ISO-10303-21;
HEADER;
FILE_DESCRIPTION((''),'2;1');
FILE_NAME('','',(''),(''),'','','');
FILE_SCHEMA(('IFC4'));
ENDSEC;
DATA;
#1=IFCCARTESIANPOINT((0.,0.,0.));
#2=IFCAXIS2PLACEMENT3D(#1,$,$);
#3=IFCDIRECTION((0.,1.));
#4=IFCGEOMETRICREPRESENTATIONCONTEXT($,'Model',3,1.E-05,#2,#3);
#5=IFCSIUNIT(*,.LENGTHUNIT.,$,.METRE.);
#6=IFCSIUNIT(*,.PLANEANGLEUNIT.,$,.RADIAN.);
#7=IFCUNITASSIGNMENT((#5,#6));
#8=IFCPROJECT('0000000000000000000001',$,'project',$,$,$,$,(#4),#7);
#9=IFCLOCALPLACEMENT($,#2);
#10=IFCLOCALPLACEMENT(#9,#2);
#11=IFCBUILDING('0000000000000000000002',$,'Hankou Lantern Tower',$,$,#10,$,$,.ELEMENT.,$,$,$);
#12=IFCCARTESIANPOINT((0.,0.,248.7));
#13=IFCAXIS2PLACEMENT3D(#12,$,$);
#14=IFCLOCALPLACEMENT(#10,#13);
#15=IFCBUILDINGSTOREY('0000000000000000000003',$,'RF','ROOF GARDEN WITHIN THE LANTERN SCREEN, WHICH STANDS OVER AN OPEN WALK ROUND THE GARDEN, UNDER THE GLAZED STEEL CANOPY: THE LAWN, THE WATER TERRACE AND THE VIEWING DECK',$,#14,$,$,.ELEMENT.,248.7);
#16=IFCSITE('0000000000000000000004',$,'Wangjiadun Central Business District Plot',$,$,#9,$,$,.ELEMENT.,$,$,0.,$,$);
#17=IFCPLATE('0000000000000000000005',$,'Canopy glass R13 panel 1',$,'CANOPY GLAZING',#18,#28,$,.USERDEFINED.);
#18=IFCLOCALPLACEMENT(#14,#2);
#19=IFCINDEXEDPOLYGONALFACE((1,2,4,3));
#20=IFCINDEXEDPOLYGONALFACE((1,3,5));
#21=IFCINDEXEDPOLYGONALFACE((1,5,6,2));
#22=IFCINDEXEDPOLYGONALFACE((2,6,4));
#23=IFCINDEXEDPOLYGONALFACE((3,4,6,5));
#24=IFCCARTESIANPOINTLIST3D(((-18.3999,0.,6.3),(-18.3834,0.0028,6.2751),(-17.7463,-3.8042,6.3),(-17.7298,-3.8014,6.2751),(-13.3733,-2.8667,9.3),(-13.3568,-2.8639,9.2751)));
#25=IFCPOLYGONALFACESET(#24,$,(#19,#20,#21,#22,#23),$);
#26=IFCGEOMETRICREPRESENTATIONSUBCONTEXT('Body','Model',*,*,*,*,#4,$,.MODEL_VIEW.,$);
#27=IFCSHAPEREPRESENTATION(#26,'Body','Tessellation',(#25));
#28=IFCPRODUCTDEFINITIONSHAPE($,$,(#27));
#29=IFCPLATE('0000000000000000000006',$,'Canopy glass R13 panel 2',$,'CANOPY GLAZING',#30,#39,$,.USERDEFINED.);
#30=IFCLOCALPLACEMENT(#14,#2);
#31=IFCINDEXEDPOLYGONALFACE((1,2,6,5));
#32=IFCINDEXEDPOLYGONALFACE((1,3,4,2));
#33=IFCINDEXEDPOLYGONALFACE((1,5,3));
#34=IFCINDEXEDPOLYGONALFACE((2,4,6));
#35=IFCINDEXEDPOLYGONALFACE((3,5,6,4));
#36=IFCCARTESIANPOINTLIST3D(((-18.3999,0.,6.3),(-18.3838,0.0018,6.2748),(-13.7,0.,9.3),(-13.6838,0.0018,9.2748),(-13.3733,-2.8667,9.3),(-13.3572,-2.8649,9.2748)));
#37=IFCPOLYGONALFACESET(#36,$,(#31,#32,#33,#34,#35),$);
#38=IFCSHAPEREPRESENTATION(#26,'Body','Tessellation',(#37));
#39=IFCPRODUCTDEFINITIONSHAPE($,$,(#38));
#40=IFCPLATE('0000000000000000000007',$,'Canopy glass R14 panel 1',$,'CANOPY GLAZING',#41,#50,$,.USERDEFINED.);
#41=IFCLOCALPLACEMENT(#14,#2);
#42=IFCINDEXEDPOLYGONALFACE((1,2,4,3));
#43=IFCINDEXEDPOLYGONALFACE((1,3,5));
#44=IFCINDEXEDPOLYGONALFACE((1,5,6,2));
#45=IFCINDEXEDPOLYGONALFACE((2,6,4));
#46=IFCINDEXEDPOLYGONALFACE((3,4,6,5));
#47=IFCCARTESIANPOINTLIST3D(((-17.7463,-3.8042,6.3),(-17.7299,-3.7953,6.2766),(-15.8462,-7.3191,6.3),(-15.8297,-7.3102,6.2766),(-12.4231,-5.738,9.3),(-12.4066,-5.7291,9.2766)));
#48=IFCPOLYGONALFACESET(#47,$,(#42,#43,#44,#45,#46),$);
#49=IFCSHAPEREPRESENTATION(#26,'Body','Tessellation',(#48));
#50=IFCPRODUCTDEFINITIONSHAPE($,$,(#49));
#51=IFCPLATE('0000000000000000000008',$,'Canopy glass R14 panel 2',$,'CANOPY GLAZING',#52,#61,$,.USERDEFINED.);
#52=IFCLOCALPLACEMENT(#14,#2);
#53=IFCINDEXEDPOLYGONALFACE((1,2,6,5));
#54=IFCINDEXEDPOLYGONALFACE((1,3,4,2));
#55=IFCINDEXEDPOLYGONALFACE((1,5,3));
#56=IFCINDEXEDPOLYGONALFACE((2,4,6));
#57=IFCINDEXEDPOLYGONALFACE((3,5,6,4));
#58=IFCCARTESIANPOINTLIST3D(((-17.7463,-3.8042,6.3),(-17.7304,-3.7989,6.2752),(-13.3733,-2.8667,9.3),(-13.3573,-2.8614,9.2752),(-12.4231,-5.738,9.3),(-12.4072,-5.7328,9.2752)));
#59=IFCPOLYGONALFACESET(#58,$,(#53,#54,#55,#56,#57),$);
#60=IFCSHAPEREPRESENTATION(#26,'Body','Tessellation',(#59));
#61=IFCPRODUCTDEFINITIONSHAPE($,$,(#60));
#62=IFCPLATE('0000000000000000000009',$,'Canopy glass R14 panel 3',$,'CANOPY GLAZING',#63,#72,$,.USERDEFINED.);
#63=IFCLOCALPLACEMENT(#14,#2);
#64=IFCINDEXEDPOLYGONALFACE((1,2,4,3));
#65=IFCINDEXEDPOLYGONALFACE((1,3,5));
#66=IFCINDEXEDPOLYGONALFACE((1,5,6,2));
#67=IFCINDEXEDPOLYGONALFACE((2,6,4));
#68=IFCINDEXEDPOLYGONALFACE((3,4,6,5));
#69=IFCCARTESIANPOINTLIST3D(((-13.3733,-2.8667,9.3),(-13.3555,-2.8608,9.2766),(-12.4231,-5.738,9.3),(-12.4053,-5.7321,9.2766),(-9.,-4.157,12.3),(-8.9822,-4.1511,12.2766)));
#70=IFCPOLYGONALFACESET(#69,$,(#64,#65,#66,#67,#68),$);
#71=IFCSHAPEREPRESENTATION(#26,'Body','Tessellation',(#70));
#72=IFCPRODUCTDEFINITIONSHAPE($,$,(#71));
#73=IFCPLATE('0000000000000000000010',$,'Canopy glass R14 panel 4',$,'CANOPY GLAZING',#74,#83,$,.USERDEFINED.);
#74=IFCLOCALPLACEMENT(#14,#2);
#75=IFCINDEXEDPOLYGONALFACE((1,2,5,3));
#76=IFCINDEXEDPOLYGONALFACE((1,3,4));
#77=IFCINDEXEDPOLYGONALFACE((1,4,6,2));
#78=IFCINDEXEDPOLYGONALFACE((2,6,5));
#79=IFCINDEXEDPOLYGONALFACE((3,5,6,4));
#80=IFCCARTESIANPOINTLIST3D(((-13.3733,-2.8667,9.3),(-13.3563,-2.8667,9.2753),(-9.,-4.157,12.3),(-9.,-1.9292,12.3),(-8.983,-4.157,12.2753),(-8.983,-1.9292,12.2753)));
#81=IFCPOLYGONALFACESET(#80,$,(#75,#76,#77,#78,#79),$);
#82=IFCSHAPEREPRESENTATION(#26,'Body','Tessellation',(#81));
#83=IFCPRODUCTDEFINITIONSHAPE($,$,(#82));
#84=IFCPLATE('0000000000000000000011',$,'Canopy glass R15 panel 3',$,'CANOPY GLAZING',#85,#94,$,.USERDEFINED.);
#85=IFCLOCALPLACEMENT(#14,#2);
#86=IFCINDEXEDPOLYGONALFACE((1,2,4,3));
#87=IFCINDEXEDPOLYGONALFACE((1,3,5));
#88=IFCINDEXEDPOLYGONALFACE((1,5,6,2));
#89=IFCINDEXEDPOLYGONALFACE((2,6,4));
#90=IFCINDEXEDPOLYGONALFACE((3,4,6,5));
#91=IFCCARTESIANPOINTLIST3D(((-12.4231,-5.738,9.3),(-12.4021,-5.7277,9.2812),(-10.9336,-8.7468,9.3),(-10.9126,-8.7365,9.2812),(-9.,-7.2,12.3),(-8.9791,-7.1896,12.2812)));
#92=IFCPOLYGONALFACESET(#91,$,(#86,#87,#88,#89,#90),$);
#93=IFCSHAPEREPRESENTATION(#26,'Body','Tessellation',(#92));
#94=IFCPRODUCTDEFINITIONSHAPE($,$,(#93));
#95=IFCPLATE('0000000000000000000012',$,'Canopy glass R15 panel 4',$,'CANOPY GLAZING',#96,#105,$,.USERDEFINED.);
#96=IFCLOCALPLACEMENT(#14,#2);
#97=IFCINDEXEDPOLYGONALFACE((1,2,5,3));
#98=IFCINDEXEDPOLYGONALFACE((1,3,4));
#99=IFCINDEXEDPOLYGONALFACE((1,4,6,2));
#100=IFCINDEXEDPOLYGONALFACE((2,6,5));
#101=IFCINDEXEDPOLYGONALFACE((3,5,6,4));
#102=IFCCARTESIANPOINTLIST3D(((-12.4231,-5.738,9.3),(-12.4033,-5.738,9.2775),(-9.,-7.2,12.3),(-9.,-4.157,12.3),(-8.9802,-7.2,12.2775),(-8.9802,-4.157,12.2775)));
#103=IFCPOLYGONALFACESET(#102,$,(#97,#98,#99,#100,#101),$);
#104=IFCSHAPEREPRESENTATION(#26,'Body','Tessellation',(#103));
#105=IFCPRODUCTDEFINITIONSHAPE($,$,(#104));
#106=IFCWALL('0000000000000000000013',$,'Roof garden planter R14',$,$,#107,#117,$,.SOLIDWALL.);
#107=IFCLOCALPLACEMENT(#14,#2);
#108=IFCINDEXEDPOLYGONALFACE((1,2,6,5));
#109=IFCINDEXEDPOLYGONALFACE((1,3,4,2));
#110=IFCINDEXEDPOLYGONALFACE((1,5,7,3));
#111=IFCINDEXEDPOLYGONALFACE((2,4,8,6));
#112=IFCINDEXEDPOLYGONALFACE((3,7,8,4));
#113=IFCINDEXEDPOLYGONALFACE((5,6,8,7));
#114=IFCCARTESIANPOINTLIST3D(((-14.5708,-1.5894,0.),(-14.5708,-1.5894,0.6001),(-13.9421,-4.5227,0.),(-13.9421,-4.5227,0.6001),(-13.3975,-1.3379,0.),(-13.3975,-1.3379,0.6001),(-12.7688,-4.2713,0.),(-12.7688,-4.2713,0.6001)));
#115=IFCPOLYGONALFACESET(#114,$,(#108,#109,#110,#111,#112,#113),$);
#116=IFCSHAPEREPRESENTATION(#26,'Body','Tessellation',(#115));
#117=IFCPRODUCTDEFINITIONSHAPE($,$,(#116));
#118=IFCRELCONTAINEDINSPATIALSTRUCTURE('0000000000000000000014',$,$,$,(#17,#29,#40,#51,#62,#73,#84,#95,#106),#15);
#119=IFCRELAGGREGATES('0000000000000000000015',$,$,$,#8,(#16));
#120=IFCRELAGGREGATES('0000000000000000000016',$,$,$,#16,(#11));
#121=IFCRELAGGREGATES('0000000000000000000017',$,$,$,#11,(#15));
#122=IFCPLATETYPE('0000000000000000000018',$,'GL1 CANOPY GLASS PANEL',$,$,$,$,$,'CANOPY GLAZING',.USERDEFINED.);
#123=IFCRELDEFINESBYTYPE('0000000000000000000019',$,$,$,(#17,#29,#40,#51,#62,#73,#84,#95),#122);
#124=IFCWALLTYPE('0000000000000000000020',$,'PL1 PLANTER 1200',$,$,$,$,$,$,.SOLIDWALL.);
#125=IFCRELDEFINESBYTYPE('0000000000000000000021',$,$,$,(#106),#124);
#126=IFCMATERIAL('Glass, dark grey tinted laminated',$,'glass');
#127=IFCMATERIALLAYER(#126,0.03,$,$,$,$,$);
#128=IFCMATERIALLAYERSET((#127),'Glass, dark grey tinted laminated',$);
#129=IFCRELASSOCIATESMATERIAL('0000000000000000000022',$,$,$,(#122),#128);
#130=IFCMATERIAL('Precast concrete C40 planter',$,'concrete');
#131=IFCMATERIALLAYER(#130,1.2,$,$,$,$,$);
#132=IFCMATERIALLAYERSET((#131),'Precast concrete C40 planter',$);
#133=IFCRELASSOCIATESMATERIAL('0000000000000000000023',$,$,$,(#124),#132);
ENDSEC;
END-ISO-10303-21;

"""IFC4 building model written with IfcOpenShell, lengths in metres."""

from ifc_helpers import new_model, si_unit, direction, frame, frame_2d, origin, place, context, subcontext, project, spatial, polyline, rectangle, outline, extrude, material, layer, layer_set, type_object, element, save


model = new_model("IFC4")

# Units and contexts
model_context = context("Model", 3, precision=1e-05, world=origin(), true_north=direction((0.0, 1.0)))
body_context = subcontext(model_context, "Body", "Model", "MODEL_VIEW")
ifc_project = project(units=[si_unit("LENGTHUNIT", "METRE"), si_unit("PLANEANGLEUNIT", "RADIAN")], contexts=[model_context])

# Site, building, storey
site_placement = place(None, origin())
site = spatial("IfcSite", under=ifc_project, at=site_placement, Name="Wangjiadun Central Business District Plot", CompositionType="ELEMENT", RefElevation=0.0)
building_placement = place(site_placement, origin())
building = spatial("IfcBuilding", under=site, at=building_placement, Name="Hankou Lantern Tower", CompositionType="ELEMENT")
storey_placement = place(building_placement, frame((0.0, 0.0, 248.7)))
storey = spatial("IfcBuildingStorey", under=building, at=storey_placement, Name="RF", Description="ROOF GARDEN WITHIN THE LANTERN SCREEN, WHICH STANDS OVER AN OPEN WALK ROUND THE GARDEN, UNDER THE GLAZED STEEL CANOPY: THE LAWN, THE WATER TERRACE AND THE VIEWING DECK", CompositionType="ELEMENT", Elevation=248.7)

# Plates
ifc_material_1 = material(Name="Glass, dark grey tinted laminated", Category="glass")
ifc_layer_1 = layer(ifc_material_1, 0.03)
ifc_layer_set_1 = layer_set([ifc_layer_1], Name="Glass, dark grey tinted laminated")
plate_type = type_object("IfcPlateType", Name="GL1 CANOPY GLASS PANEL", ElementType="CANOPY GLAZING", PredefinedType="USERDEFINED", material=ifc_layer_set_1)
plate_1_placement = place(storey_placement, frame((-18.3999, 0.0, 6.3), z_axis=(-0.549338, -0.094377, 0.830253), x_axis=(0.16932, -0.985561, 0.0)))
element("IfcPlate", 1, at=plate_1_placement, inside=storey, type_object=plate_type, Name="Canopy glass R13 panel 1", ObjectType="CANOPY GLAZING", PredefinedType="USERDEFINED", context=body_context, shape_type="SweptSolid", body=[
    extrude(outline(polyline([(0.0, 0.0), (3.8599, 0.0), (3.6764, 5.3823), (0.0, 0.0)])), origin(), (0.0, 0.0, -1.0), 0.03),
])
plate_2_placement = place(storey_placement, frame((-18.3999, 0.0, 6.3), z_axis=(-0.537031, -0.061195, 0.84134), x_axis=(0.771185, -0.43981, 0.460261)))
element("IfcPlate", 2, at=plate_2_placement, inside=storey, type_object=plate_type, Name="Canopy glass R13 panel 2", ObjectType="CANOPY GLAZING", PredefinedType="USERDEFINED", context=body_context, shape_type="SweptSolid", body=[
    extrude(outline(polyline([(0.0, 0.0), (6.518, 0.0), (5.0053, 2.4569), (0.0, 0.0)])), origin(), (0.0, 0.0, -1.0), 0.03),
])
plate_3_placement = place(storey_placement, frame((-17.7463, -3.8042, 6.3), z_axis=(-0.548364, -0.296445, 0.781932), x_axis=(0.475557, -0.879685, 0.0)))
element("IfcPlate", 3, at=plate_3_placement, inside=storey, type_object=plate_type, Name="Canopy glass R14 panel 1", ObjectType="CANOPY GLAZING", PredefinedType="USERDEFINED", context=body_context, shape_type="SweptSolid", body=[
    extrude(outline(polyline([(0.0, 0.0), (3.9956, 0.0), (4.2327, 4.8126), (0.0, 0.0)])), origin(), (0.0, 0.0, -1.0), 0.03),
])
plate_4_placement = place(storey_placement, frame((-17.7463, -3.8042, 6.3), z_axis=(-0.531004, -0.175722, 0.828949), x_axis=(0.830575, -0.301733, 0.468084)))
element("IfcPlate", 4, at=plate_4_placement, inside=storey, type_object=plate_type, Name="Canopy glass R14 panel 2", ObjectType="CANOPY GLAZING", PredefinedType="USERDEFINED", context=body_context, shape_type="SweptSolid", body=[
    extrude(outline(polyline([(0.0, 0.0), (6.4091, 0.0), (4.7535, 2.5311), (0.0, 0.0)])), origin(), (0.0, 0.0, -1.0), 0.03),
])
plate_5_placement = place(storey_placement, frame((-13.3733, -2.8667, 9.3), z_axis=(-0.593403, -0.196372, 0.780584), x_axis=(0.314169, -0.949367, 0.0)))
element("IfcPlate", 5, at=plate_5_placement, inside=storey, type_object=plate_type, Name="Canopy glass R14 panel 3", ObjectType="CANOPY GLAZING", PredefinedType="USERDEFINED", context=body_context, shape_type="SweptSolid", body=[
    extrude(outline(polyline([(0.0, 0.0), (3.0245, 0.0), (2.5989, 4.7996), (0.0, 0.0)])), origin(), (0.0, 0.0, -1.0), 0.03),
])
plate_6_placement = place(storey_placement, frame((-13.3733, -2.8667, 9.3), z_axis=(-0.565679, 0.0, 0.824626), x_axis=(0.801253, -0.236399, 0.549645)))
element("IfcPlate", 6, at=plate_6_placement, inside=storey, type_object=plate_type, Name="Canopy glass R14 panel 4", ObjectType="CANOPY GLAZING", PredefinedType="USERDEFINED", context=body_context, shape_type="SweptSolid", body=[
    extrude(outline(polyline([(0.0, 0.0), (5.4581, 0.0), (4.9314, 2.1646), (0.0, 0.0)])), origin(), (0.0, 0.0, -1.0), 0.03),
])
plate_7_placement = place(storey_placement, frame((-12.4231, -5.738, 9.3), z_axis=(-0.697631, -0.345362, 0.627723), x_axis=(0.443661, -0.896195, 0.0)))
element("IfcPlate", 7, at=plate_7_placement, inside=storey, type_object=plate_type, Name="Canopy glass R15 panel 3", ObjectType="CANOPY GLAZING", PredefinedType="USERDEFINED", context=body_context, shape_type="SweptSolid", body=[
    extrude(outline(polyline([(0.0, 0.0), (3.3573, 0.0), (2.8289, 3.8539), (0.0, 0.0)])), origin(), (0.0, 0.0, -1.0), 0.03),
])
plate_8_placement = place(storey_placement, frame((-12.4231, -5.738, 9.3), z_axis=(-0.659101, 0.0, 0.752055), x_axis=(0.716029, -0.305797, 0.627527)))
element("IfcPlate", 8, at=plate_8_placement, inside=storey, type_object=plate_type, Name="Canopy glass R15 panel 4", ObjectType="CANOPY GLAZING", PredefinedType="USERDEFINED", context=body_context, shape_type="SweptSolid", body=[
    extrude(outline(polyline([(0.0, 0.0), (4.7807, 0.0), (3.8501, 2.8972), (0.0, 0.0)])), origin(), (0.0, 0.0, -1.0), 0.03),
])

# Wall
ifc_material_2 = material(Name="Precast concrete C40 planter", Category="concrete")
ifc_layer_2 = layer(ifc_material_2, 1.2)
ifc_layer_set_2 = layer_set([ifc_layer_2], Name="Precast concrete C40 planter")
wall_type = type_object("IfcWallType", Name="PL1 PLANTER 1200", PredefinedType="SOLIDWALL", material=ifc_layer_set_2)
wall_placement = place(storey_placement, frame((-13.9841, -1.4636, 0.0), z_axis=(0.0, 0.0, 1.0), x_axis=(0.209557, -0.977796, 0.0)))
element("IfcWall", 9, at=wall_placement, inside=storey, type_object=wall_type, Name="Roof garden planter R14", PredefinedType="SOLIDWALL", context=body_context, shape_type="SweptSolid", body=[
    extrude(rectangle(XDim=3.0, YDim=1.2, at=frame_2d((1.5, 0.0))), origin(), (0.0, 0.0, 1.0), 0.6001),
])

save(model, "model.ifc")
